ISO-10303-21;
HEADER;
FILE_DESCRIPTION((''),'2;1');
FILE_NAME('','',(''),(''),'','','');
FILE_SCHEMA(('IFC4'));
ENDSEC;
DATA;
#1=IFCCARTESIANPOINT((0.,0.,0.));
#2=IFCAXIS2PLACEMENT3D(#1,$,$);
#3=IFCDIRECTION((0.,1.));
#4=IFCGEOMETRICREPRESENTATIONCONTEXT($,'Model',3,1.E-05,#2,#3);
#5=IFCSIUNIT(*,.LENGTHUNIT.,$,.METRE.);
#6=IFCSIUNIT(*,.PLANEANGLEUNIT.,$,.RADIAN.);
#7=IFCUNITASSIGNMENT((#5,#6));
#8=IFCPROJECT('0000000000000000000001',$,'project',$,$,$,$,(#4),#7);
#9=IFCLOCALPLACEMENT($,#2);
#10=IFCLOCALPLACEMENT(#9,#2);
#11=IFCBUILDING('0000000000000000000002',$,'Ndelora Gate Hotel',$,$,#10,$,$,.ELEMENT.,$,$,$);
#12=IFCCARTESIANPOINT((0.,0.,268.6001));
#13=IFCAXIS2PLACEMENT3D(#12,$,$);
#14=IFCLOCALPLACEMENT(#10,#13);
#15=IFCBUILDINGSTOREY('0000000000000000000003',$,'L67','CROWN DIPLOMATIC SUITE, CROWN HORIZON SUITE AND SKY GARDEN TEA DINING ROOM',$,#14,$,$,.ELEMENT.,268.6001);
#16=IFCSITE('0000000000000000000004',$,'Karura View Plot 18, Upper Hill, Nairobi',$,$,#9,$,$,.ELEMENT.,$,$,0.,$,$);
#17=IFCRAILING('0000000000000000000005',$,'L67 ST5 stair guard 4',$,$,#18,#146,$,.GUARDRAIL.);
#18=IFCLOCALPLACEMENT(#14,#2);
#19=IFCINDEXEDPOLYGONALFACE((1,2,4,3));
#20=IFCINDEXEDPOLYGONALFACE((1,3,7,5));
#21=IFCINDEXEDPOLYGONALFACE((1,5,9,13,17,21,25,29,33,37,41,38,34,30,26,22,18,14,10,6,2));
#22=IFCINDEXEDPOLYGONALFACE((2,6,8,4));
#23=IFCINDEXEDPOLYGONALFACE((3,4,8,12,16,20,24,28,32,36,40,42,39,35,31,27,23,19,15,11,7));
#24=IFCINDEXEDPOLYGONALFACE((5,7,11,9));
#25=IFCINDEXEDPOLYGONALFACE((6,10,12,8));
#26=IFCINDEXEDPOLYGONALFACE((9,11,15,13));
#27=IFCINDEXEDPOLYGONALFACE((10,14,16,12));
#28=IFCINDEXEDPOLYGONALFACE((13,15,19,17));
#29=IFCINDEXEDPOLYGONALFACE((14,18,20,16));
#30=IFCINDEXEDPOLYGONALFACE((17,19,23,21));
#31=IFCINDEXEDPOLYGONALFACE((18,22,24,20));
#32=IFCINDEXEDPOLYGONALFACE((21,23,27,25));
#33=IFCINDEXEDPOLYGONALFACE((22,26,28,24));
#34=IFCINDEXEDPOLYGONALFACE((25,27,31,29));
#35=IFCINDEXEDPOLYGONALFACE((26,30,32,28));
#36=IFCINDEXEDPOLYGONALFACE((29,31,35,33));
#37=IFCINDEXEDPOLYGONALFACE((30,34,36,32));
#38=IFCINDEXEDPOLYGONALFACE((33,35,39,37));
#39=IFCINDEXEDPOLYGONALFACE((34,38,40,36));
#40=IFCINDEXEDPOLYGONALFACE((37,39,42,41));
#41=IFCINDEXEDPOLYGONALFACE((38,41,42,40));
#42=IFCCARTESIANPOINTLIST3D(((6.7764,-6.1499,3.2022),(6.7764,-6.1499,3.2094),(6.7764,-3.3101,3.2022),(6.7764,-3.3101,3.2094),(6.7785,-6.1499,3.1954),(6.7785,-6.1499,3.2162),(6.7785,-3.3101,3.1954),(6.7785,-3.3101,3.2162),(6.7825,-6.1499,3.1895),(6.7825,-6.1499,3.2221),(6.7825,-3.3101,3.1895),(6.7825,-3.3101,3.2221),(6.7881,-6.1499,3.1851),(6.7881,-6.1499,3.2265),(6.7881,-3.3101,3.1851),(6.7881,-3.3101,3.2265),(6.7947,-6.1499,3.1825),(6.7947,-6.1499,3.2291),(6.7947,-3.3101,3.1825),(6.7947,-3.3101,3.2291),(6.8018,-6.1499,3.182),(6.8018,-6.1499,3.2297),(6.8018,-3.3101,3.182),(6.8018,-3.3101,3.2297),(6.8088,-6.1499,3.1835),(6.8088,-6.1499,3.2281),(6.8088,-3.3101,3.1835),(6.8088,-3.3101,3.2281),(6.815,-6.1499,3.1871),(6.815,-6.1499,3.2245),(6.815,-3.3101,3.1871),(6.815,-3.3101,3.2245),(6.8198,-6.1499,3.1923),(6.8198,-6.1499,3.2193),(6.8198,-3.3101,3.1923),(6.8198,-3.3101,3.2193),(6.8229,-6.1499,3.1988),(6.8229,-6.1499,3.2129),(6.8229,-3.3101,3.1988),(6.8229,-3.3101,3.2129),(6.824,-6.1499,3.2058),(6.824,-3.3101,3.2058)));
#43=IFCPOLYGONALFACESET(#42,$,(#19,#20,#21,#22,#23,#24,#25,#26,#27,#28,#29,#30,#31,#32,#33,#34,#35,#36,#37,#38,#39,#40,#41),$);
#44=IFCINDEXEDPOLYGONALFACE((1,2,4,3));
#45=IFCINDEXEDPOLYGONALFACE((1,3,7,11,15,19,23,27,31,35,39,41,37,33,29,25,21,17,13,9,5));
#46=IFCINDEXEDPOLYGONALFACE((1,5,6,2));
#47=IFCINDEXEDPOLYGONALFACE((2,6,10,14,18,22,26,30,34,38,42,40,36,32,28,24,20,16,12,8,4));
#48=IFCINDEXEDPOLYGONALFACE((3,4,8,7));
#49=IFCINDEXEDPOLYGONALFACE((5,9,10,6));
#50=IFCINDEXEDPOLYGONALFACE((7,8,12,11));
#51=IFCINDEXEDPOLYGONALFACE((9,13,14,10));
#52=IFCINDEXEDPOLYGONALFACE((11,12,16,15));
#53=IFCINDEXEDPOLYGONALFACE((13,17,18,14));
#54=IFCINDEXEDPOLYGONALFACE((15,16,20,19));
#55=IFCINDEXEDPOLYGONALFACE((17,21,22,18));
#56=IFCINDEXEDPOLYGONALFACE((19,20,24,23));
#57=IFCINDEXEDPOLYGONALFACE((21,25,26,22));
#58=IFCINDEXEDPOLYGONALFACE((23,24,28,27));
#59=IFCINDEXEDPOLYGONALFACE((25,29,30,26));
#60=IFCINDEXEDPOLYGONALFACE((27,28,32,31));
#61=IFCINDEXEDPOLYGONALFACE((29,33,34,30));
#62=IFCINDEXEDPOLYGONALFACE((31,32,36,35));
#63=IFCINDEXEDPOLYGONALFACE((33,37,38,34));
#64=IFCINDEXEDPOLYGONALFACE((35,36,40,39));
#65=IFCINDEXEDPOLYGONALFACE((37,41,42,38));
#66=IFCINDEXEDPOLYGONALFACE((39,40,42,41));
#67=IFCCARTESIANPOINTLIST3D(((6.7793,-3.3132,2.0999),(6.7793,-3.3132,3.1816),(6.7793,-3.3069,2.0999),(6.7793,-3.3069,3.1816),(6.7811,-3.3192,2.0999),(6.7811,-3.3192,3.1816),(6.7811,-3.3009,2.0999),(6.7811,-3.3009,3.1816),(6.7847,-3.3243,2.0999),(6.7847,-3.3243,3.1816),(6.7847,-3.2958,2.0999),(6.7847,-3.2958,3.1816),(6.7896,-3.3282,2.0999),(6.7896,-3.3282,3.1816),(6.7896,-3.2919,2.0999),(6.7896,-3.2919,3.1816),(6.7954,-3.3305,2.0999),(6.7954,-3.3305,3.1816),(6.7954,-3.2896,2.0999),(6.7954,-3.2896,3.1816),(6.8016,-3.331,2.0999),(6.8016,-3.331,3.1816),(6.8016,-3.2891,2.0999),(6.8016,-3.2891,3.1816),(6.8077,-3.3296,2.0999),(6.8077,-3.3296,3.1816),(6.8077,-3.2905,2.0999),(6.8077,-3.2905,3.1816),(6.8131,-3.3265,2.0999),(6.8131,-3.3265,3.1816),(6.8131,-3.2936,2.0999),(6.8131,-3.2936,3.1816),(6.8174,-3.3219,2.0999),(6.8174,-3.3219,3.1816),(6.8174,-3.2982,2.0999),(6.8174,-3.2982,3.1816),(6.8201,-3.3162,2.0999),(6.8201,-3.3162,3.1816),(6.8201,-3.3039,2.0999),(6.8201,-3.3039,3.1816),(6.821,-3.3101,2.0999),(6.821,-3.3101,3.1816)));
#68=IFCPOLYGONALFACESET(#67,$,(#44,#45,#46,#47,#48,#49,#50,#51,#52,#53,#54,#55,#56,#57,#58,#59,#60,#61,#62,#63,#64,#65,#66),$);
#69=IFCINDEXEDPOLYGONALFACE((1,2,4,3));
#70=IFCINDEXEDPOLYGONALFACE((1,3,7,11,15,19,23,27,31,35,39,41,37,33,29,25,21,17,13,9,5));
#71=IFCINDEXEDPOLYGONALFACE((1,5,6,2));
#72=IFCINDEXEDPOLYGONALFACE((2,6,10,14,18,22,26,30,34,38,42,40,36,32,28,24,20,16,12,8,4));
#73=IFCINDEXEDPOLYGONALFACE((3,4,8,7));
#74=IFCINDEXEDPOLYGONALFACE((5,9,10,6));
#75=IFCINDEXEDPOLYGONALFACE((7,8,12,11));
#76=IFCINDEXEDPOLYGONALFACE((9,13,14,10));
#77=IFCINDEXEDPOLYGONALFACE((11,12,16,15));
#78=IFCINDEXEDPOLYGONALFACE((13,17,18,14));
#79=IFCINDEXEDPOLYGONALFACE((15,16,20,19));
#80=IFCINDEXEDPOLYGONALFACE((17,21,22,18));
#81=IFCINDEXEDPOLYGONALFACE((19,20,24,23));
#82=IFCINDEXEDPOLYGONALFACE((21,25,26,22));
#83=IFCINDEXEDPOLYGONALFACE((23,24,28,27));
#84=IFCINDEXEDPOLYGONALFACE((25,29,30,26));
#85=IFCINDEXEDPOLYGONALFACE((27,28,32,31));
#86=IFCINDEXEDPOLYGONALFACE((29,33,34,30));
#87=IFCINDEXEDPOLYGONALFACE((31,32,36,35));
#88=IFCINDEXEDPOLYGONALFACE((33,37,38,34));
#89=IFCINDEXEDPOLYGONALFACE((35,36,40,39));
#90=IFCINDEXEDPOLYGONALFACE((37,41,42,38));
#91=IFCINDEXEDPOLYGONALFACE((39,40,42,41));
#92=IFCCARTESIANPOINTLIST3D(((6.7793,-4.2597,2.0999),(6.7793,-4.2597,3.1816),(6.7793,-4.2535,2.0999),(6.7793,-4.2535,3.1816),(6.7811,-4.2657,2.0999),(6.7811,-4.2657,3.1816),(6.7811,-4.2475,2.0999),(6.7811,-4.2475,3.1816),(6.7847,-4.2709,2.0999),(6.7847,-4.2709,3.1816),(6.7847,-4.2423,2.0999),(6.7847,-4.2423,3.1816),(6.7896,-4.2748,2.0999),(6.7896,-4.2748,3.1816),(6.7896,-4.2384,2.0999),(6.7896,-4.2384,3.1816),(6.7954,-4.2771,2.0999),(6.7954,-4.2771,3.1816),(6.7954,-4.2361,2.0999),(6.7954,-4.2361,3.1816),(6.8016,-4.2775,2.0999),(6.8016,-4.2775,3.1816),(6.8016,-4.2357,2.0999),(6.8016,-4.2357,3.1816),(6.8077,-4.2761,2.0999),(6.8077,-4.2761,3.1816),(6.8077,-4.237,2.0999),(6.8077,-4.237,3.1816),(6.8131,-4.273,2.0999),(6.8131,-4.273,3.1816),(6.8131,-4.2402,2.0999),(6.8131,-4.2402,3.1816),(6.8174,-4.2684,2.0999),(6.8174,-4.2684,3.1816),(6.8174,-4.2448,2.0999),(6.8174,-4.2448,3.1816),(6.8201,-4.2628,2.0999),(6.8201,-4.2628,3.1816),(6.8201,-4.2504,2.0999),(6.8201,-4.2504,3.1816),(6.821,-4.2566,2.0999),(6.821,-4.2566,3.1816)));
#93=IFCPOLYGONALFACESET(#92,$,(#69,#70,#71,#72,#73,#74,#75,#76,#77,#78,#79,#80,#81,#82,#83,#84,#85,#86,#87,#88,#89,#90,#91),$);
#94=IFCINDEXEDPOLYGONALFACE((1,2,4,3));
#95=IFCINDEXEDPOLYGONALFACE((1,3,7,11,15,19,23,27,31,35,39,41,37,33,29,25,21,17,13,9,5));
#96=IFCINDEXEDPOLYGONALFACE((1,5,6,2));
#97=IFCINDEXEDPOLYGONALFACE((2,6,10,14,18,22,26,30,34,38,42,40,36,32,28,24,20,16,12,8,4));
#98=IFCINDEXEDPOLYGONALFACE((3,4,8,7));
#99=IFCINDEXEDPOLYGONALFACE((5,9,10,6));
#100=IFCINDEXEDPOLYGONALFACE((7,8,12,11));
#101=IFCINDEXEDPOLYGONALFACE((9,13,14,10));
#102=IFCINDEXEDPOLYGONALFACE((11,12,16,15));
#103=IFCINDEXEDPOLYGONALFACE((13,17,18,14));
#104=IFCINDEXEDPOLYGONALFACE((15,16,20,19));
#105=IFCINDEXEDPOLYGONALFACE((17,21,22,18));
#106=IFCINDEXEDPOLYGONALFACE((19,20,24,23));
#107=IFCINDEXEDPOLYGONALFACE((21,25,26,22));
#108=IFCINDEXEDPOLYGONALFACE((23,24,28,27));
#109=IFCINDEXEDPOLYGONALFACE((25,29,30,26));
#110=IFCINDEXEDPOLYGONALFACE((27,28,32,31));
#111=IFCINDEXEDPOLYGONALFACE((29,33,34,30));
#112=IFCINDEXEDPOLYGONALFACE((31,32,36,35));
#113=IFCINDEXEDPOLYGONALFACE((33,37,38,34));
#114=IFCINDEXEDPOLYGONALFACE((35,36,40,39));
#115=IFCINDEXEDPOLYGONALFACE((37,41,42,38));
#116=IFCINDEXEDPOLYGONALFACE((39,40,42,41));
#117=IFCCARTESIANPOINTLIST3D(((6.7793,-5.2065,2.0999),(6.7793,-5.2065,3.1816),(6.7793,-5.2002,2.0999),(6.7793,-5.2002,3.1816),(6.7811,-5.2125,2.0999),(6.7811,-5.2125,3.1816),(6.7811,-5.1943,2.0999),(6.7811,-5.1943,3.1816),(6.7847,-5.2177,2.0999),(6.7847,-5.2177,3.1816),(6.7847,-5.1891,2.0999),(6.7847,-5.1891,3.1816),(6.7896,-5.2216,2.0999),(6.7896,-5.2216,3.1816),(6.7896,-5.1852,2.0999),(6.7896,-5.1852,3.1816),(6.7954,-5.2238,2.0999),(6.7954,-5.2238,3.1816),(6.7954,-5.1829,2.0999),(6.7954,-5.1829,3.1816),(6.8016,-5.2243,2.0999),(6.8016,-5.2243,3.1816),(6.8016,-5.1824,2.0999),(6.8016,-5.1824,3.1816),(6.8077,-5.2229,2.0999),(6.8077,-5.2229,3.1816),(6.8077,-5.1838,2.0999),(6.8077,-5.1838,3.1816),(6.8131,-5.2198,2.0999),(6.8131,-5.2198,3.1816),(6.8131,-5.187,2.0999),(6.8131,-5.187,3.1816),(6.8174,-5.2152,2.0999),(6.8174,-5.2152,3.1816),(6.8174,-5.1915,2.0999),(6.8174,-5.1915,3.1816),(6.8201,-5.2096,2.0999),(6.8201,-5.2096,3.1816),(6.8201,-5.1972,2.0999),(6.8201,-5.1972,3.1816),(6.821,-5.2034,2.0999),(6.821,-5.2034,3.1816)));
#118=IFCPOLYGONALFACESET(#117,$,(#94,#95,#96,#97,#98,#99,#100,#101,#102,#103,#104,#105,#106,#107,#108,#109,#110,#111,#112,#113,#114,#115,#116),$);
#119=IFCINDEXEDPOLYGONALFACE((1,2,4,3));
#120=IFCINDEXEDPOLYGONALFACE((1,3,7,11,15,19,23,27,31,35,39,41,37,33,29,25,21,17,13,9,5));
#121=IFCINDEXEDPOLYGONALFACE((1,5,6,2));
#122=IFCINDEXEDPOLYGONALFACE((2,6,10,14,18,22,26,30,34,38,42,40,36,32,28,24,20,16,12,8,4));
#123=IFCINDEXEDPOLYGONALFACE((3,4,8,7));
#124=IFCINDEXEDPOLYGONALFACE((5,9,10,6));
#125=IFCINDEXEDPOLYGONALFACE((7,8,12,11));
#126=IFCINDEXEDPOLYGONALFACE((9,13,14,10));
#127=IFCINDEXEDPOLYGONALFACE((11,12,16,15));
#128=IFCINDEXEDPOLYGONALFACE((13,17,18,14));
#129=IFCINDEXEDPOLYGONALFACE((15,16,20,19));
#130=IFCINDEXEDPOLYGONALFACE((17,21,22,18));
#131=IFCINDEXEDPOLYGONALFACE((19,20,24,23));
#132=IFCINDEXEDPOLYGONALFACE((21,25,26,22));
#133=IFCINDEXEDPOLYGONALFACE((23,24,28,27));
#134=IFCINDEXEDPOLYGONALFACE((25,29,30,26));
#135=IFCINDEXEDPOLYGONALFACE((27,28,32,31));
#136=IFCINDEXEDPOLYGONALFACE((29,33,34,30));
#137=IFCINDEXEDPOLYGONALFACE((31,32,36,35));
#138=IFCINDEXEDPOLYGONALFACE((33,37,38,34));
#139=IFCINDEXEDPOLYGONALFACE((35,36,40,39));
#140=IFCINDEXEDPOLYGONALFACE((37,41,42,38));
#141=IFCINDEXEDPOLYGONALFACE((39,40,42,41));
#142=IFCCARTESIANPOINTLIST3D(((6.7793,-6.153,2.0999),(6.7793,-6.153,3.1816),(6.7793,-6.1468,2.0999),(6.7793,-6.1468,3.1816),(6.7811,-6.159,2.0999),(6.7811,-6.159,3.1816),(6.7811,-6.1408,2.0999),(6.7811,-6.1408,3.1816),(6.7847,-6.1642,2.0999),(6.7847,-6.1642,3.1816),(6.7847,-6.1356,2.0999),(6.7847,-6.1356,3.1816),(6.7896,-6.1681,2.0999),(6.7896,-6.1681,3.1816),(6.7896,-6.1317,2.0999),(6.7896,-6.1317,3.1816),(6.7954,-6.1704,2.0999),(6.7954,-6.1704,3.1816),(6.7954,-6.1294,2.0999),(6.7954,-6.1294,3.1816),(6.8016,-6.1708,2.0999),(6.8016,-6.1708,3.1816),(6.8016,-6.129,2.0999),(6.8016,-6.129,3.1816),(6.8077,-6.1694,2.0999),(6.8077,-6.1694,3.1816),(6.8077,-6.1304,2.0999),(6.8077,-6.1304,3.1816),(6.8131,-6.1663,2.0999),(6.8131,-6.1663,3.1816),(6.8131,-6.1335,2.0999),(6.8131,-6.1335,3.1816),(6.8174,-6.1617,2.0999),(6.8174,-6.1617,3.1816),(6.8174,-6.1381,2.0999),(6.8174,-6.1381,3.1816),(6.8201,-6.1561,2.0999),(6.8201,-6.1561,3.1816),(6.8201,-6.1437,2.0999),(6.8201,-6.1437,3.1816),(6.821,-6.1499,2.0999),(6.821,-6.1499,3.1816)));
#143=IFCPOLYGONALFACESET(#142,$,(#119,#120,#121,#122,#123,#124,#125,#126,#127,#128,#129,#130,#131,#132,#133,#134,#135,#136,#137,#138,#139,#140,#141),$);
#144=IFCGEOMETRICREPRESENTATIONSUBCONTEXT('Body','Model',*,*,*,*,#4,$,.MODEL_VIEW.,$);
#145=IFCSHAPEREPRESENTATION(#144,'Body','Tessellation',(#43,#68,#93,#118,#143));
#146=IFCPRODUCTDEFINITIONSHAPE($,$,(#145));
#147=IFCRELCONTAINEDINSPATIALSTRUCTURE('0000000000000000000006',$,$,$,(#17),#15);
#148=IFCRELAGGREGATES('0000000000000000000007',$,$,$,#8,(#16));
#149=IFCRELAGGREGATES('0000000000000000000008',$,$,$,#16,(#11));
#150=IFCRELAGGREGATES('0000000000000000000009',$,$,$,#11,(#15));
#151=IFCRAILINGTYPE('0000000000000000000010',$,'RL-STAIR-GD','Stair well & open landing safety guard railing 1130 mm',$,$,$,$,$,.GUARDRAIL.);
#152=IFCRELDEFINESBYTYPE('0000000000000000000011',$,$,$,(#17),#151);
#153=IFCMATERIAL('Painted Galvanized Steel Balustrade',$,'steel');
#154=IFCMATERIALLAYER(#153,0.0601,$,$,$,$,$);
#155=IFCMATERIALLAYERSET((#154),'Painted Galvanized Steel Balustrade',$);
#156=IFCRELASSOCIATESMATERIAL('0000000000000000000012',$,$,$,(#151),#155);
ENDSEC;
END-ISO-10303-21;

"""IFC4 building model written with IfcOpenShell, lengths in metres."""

from ifc_helpers import new_model, si_unit, direction, frame, origin, origin_2d, place, context, subcontext, project, spatial, circle, extrude, material, layer, layer_set, type_object, element, save


model = new_model("IFC4")

# Units and contexts
model_context = context("Model", 3, precision=1e-05, world=origin(), true_north=direction((0.0, 1.0)))
body_context = subcontext(model_context, "Body", "Model", "MODEL_VIEW")
ifc_project = project(units=[si_unit("LENGTHUNIT", "METRE"), si_unit("PLANEANGLEUNIT", "RADIAN")], contexts=[model_context])

# Site, building, storey
site_placement = place(None, origin())
site = spatial("IfcSite", under=ifc_project, at=site_placement, Name="Karura View Plot 18, Upper Hill, Nairobi", CompositionType="ELEMENT", RefElevation=0.0)
building_placement = place(site_placement, origin())
building = spatial("IfcBuilding", under=site, at=building_placement, Name="Ndelora Gate Hotel", CompositionType="ELEMENT")
storey_placement = place(building_placement, frame((0.0, 0.0, 268.6001)))
storey = spatial("IfcBuildingStorey", under=building, at=storey_placement, Name="L67", Description="CROWN DIPLOMATIC SUITE, CROWN HORIZON SUITE AND SKY GARDEN TEA DINING ROOM", CompositionType="ELEMENT", Elevation=268.6001)

# Railing
ifc_material_1 = material(Name="Painted Galvanized Steel Balustrade", Category="steel")
ifc_layer_1 = layer(ifc_material_1, 0.0601)
ifc_layer_set_1 = layer_set([ifc_layer_1], Name="Painted Galvanized Steel Balustrade")
railing_type_1 = type_object("IfcRailingType", Name="RL-STAIR-GD", Description="Stair well & open landing safety guard railing 1130 mm", PredefinedType="GUARDRAIL", material=ifc_layer_set_1)
for number, where, name in (
    (1, (6.8, -3.3101, 2.0999), "L67 ST5 stair guard 4"),
):
    element("IfcRailing", number, at=place(storey_placement, frame(where)), inside=storey, type_object=railing_type_1, Name=name, PredefinedType="GUARDRAIL", context=body_context, shape_type="SweptSolid", body=[
        extrude(circle(Radius=0.0239, at=origin_2d()), frame((0.0, 0.0, 1.106), z_axis=(0.0, -1.0, 0.0), x_axis=(1.0, 0.0, 0.0)), (0.0, 0.0, 1.0), 2.8398),
        extrude(circle(Radius=0.021, at=origin_2d()), origin(), (0.0, 0.0, 1.0), 1.0818),
        extrude(circle(Radius=0.021, at=origin_2d()), frame((0.0, -0.9465, 0.0)), (0.0, 0.0, 1.0), 1.0818),
        extrude(circle(Radius=0.021, at=origin_2d()), frame((0.0, -1.8933, 0.0)), (0.0, 0.0, 1.0), 1.0818),
        extrude(circle(Radius=0.021, at=origin_2d()), frame((0.0, -2.8398, 0.0)), (0.0, 0.0, 1.0), 1.0818),
    ])

save(model, "model.ifc")
